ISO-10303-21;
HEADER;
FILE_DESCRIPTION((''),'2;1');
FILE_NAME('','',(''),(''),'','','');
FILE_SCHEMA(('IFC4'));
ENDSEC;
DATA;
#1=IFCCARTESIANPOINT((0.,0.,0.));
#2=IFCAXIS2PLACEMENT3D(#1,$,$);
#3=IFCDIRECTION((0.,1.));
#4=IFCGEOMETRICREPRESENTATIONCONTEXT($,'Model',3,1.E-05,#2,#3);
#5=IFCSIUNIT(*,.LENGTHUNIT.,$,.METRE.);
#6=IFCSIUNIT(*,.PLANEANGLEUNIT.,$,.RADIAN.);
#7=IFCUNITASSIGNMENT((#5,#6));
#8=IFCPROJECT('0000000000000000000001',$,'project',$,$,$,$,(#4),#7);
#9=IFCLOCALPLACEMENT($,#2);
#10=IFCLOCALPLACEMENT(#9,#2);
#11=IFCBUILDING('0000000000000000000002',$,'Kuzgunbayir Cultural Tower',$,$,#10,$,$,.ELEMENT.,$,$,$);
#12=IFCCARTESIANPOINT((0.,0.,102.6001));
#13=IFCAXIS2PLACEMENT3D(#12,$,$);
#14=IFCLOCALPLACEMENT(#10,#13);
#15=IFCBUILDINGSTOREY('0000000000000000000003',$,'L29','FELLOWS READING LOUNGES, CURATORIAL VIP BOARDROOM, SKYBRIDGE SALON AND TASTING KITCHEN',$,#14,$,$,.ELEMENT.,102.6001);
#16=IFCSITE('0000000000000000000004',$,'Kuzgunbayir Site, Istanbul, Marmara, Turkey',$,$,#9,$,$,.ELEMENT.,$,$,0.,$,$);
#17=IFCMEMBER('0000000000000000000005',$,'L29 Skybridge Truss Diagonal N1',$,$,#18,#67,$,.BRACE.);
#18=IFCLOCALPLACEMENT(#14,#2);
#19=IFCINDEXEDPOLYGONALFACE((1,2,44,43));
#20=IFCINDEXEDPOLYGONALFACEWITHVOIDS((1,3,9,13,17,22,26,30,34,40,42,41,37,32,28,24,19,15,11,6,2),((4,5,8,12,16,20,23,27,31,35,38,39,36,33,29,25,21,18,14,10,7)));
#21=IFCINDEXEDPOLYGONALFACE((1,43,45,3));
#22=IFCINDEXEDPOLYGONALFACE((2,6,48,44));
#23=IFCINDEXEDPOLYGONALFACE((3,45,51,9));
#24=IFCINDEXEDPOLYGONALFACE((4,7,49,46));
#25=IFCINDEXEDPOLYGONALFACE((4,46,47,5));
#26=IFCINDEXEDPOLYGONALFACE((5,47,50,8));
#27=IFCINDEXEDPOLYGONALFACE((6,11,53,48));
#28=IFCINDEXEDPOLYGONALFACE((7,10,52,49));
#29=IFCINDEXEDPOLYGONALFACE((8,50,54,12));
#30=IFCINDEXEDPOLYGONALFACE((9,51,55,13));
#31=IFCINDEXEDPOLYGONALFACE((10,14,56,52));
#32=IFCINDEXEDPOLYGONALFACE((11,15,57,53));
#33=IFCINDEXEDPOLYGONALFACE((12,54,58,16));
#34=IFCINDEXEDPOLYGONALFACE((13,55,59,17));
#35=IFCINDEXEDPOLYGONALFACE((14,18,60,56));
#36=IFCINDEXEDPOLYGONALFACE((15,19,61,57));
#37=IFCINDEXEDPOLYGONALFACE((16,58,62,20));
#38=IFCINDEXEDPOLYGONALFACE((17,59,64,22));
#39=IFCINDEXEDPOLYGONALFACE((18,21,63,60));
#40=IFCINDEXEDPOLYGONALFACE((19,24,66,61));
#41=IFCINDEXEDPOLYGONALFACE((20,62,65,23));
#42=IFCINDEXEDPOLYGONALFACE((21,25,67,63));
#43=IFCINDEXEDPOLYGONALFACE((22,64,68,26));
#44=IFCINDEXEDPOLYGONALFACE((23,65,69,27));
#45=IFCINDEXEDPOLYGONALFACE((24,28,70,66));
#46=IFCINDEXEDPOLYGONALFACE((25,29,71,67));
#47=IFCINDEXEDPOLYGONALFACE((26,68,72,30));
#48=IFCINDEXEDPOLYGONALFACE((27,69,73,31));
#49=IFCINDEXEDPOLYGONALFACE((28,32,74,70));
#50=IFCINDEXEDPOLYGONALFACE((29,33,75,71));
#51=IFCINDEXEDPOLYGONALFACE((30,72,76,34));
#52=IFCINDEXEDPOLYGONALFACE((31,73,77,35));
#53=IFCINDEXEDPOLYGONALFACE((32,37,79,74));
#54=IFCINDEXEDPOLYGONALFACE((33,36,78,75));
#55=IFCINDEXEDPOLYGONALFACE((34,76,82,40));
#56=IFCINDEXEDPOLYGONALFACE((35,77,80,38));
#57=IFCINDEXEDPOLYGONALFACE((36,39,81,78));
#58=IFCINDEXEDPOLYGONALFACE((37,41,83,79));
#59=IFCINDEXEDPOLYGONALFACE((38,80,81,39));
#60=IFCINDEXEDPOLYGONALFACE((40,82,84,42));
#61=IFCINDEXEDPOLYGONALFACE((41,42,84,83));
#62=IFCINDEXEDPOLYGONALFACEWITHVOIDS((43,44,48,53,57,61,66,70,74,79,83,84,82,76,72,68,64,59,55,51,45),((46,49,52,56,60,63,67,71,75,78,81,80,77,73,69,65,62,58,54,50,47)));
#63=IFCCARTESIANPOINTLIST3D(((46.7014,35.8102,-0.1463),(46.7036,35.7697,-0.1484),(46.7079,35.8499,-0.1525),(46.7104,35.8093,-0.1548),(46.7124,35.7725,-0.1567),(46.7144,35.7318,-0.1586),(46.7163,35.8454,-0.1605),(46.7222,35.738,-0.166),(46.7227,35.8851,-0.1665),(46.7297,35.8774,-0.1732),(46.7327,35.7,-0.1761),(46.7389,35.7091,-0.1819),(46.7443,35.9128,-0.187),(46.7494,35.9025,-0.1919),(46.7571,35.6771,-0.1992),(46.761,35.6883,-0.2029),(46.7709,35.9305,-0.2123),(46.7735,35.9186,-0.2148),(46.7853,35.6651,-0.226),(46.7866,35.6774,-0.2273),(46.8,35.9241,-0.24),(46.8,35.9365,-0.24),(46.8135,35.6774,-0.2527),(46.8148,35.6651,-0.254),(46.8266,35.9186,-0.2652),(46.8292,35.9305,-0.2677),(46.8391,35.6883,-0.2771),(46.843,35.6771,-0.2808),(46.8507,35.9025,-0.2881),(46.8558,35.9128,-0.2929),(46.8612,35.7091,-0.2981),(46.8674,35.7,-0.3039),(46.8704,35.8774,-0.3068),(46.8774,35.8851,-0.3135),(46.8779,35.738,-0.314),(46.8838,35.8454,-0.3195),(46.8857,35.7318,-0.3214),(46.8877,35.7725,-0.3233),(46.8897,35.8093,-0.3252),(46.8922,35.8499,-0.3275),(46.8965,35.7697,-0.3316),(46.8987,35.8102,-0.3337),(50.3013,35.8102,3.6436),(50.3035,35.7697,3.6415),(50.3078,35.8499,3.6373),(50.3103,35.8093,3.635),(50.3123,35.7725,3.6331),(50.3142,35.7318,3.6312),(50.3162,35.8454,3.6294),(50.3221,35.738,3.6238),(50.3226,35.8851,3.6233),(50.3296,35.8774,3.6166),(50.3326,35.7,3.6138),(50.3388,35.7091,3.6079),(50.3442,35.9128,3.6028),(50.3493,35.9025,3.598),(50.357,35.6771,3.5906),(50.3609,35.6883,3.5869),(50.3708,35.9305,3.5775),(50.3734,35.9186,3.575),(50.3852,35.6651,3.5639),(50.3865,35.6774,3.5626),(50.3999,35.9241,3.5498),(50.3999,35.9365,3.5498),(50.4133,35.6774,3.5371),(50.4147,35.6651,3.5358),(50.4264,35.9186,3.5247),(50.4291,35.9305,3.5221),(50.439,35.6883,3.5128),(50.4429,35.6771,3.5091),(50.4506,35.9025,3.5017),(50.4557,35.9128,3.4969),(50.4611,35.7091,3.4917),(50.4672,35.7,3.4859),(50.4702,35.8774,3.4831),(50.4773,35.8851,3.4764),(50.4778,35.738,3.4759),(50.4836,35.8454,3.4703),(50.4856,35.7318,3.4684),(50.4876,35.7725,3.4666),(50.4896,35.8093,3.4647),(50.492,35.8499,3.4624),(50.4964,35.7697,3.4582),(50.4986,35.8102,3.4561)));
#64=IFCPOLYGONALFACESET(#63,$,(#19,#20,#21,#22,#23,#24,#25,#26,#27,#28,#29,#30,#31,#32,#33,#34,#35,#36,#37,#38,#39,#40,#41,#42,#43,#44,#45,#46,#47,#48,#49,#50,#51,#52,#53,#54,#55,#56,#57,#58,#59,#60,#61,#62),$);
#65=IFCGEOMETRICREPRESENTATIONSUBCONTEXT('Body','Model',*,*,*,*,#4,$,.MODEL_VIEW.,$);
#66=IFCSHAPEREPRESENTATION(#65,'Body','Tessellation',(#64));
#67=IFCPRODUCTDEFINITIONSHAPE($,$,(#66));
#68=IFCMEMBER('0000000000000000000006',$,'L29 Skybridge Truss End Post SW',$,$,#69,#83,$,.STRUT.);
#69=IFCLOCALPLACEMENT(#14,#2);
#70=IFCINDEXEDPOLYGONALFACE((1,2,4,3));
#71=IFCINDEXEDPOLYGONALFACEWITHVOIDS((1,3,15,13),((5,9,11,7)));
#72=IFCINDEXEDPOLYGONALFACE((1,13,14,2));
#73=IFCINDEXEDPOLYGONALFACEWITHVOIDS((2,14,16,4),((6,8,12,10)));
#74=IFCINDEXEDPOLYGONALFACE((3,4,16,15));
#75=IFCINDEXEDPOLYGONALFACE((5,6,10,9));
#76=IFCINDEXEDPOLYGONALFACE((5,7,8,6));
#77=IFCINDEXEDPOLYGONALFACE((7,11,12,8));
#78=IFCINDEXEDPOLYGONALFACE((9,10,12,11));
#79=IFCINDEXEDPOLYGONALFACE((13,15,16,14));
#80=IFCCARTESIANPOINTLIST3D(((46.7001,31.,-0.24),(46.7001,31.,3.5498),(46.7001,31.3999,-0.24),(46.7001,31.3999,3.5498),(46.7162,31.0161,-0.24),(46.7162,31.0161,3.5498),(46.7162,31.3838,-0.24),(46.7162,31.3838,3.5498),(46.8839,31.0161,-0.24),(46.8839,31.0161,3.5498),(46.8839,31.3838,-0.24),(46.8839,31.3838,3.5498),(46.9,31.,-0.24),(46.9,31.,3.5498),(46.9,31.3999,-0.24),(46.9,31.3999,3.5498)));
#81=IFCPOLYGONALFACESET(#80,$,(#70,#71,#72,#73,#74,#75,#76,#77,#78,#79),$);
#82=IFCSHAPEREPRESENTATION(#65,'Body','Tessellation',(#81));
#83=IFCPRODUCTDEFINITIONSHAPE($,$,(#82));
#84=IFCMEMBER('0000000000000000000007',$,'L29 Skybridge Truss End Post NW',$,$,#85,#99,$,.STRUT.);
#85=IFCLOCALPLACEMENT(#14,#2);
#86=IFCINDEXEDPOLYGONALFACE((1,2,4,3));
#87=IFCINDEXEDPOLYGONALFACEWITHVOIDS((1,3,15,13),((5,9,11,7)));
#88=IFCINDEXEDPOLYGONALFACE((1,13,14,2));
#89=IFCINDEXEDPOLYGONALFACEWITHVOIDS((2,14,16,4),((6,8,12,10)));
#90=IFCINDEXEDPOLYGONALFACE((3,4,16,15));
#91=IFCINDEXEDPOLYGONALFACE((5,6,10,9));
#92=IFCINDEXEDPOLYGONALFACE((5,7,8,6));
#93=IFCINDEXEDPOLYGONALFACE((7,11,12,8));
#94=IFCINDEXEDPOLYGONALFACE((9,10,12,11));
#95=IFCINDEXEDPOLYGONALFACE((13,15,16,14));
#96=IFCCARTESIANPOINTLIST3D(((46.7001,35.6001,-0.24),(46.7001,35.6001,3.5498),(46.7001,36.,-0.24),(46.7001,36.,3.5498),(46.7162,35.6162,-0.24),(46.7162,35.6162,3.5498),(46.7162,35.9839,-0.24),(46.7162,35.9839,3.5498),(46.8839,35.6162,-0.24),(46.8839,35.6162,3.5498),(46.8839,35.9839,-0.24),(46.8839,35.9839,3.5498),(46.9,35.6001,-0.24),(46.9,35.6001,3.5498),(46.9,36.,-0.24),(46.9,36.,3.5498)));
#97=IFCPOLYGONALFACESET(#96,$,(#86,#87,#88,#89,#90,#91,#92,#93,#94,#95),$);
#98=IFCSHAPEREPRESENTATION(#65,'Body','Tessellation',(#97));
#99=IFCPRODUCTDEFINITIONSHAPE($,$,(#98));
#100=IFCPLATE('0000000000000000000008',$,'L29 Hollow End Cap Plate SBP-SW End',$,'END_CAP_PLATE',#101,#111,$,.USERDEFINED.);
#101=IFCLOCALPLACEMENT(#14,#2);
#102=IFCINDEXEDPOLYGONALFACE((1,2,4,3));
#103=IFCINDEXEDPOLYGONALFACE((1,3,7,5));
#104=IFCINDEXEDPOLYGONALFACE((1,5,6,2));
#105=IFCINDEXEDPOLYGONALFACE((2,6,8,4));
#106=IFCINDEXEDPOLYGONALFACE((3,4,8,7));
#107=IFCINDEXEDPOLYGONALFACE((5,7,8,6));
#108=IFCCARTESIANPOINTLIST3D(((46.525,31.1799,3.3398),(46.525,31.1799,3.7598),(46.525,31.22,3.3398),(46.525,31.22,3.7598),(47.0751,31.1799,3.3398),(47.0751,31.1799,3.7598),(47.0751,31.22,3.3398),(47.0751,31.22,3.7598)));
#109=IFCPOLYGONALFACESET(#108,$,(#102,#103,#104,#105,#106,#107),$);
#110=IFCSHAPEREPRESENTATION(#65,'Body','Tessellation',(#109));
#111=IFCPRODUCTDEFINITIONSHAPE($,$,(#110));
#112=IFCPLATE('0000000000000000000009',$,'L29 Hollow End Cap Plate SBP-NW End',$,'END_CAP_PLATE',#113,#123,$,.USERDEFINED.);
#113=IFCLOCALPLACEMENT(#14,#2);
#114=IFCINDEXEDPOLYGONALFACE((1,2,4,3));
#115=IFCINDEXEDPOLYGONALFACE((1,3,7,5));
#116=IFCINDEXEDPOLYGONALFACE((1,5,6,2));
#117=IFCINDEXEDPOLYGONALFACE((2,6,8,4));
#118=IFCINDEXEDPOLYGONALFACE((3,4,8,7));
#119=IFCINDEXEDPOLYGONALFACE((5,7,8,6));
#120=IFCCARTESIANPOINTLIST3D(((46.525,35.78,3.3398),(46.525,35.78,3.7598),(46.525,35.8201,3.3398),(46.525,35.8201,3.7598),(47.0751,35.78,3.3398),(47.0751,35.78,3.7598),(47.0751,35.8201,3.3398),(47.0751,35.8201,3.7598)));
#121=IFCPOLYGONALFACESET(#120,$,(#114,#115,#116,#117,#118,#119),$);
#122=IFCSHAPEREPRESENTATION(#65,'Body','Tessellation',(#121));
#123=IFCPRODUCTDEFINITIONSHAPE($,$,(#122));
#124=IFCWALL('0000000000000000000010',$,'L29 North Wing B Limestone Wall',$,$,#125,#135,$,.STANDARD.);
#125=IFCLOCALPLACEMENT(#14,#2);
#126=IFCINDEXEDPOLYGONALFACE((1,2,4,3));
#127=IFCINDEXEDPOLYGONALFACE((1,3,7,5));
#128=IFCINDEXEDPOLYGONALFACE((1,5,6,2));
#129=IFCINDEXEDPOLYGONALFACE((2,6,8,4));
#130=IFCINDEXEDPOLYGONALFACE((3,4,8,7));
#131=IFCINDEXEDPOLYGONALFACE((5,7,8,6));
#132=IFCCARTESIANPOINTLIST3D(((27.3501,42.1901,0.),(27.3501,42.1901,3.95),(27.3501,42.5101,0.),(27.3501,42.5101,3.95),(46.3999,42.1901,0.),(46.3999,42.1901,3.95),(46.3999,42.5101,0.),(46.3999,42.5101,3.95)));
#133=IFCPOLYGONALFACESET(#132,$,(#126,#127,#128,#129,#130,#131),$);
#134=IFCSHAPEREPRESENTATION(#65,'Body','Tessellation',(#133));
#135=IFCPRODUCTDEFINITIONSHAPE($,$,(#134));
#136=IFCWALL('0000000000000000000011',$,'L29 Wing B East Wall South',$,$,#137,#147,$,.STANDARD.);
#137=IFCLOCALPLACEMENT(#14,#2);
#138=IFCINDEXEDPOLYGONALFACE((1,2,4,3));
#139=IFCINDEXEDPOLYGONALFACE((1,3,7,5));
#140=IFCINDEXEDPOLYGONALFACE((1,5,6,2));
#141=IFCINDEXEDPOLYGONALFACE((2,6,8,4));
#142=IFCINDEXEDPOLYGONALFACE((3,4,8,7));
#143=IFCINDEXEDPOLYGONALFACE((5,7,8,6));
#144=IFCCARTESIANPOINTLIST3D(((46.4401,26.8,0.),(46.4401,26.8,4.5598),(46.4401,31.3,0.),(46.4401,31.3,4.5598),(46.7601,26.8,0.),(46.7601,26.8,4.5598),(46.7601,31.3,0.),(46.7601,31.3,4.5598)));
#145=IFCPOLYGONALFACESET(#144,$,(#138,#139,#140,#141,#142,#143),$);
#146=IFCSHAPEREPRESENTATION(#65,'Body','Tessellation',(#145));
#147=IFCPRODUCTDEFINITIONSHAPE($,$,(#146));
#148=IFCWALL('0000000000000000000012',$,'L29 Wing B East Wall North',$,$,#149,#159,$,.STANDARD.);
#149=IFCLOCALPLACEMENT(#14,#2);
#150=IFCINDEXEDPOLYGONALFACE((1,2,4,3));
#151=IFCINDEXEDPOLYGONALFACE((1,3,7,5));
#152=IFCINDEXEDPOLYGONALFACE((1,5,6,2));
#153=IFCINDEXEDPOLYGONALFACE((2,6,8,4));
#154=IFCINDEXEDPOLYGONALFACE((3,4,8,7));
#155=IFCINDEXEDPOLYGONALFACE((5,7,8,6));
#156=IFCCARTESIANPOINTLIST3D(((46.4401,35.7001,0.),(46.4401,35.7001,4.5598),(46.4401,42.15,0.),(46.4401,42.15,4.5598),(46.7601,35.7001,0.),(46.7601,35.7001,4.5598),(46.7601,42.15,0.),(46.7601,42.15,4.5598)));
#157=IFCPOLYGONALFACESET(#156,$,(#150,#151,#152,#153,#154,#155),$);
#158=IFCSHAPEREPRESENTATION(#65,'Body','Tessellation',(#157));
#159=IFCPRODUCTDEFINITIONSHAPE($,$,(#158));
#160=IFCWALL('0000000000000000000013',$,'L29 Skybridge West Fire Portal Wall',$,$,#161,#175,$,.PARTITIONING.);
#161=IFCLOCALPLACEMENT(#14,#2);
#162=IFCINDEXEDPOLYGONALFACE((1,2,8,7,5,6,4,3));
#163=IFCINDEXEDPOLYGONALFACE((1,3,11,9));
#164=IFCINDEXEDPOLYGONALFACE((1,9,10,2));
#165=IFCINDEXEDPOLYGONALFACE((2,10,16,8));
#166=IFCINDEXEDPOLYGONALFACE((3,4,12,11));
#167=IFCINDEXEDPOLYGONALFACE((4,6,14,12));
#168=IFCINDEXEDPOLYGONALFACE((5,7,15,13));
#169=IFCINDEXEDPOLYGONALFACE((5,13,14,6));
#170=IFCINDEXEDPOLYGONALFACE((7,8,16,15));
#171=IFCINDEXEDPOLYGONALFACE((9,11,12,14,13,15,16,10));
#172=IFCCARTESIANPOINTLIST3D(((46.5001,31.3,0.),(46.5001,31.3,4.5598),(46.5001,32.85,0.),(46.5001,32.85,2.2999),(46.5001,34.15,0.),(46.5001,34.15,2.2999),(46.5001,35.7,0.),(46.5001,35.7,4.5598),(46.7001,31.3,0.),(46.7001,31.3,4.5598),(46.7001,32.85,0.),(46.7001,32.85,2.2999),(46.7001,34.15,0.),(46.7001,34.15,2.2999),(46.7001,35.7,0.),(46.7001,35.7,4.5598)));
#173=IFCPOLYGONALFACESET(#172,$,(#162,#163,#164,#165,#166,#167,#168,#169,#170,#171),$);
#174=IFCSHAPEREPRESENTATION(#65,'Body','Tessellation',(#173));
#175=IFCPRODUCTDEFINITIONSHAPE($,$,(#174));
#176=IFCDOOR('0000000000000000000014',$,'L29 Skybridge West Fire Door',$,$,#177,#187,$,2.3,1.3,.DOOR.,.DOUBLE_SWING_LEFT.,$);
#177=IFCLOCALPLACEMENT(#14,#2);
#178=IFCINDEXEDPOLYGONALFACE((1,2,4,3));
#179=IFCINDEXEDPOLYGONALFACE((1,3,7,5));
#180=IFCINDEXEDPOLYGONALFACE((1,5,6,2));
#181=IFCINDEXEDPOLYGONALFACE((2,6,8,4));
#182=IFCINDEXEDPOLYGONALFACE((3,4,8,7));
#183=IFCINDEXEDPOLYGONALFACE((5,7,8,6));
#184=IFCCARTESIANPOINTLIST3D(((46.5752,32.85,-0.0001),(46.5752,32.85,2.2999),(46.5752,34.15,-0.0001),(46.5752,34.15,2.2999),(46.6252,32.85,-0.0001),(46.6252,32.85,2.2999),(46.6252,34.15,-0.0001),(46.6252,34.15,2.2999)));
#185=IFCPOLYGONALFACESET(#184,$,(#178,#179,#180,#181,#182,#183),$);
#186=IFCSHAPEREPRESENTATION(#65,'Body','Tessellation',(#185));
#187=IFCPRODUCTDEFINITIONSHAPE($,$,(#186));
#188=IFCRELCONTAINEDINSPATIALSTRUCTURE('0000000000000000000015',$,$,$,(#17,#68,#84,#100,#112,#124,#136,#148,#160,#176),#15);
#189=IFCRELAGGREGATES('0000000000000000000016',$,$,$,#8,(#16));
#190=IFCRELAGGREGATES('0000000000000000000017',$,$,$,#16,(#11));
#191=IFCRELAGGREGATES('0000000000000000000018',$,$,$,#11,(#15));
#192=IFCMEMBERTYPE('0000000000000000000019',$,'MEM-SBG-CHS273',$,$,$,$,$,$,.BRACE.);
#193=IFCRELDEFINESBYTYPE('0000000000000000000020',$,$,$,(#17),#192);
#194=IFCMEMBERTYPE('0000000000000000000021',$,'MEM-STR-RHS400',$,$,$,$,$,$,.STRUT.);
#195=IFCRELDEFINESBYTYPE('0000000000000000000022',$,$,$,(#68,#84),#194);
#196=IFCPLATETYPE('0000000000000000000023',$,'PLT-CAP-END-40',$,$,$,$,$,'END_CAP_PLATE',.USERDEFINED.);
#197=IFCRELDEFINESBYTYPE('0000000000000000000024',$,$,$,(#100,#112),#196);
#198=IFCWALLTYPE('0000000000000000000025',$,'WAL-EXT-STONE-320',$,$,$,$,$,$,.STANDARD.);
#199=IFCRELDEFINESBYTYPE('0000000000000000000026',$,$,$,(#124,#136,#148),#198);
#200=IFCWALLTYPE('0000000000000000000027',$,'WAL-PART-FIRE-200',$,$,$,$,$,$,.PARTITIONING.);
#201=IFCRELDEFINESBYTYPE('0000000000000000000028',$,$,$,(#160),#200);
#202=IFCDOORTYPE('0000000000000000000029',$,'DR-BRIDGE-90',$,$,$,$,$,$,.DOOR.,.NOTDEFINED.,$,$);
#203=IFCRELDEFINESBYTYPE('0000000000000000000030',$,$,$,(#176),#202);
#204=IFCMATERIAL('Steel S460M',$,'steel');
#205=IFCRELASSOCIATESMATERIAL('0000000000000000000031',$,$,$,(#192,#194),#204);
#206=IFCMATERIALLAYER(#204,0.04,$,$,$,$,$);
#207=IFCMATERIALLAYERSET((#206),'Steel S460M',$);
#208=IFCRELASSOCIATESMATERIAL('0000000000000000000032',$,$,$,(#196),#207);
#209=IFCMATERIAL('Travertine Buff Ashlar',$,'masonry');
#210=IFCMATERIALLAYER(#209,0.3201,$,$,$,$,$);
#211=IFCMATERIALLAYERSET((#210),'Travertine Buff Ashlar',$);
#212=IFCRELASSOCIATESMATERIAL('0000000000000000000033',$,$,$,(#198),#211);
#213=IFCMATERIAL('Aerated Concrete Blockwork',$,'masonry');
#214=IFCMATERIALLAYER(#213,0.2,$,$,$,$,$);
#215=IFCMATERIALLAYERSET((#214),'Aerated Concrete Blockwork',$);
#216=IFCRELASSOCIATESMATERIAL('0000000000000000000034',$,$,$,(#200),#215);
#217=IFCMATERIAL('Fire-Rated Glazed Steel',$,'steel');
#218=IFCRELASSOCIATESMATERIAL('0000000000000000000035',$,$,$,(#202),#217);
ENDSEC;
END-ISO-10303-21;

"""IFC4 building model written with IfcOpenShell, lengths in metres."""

from ifc_helpers import new_model, si_unit, direction, frame, frame_2d, origin, origin_2d, place, context, subcontext, project, spatial, rectangle, hollow_rectangle, hollow_circle, extrude, material, layer, layer_set, material_profile, profile_set, type_object, element, fill, save


model = new_model("IFC4")

# Units and contexts
model_context = context("Model", 3, precision=1e-05, world=origin(), true_north=direction((0.0, 1.0)))
body_context = subcontext(model_context, "Body", "Model", "MODEL_VIEW")
ifc_project = project(units=[si_unit("LENGTHUNIT", "METRE"), si_unit("PLANEANGLEUNIT", "RADIAN")], contexts=[model_context])

# Site, building, storey
site_placement = place(None, origin())
site = spatial("IfcSite", under=ifc_project, at=site_placement, Name="Kuzgunbayir Site, Istanbul, Marmara, Turkey", CompositionType="ELEMENT", RefElevation=0.0)
building_placement = place(site_placement, origin())
building = spatial("IfcBuilding", under=site, at=building_placement, Name="Kuzgunbayir Cultural Tower", CompositionType="ELEMENT")
storey_placement = place(building_placement, frame((0.0, 0.0, 102.6001)))
storey = spatial("IfcBuildingStorey", under=building, at=storey_placement, Name="L29", Description="FELLOWS READING LOUNGES, CURATORIAL VIP BOARDROOM, SKYBRIDGE SALON AND TASTING KITCHEN", CompositionType="ELEMENT", Elevation=102.6001)

# Shared definitions
ifc_material_1 = material(Name="Steel S460M", Category="steel")

# Members
ifc_material_profile_1 = material_profile(ifc_material_1, hollow_circle(Radius=0.1365, WallThickness=0.0125, at=origin_2d()), Name="CHS 273x12.5")
ifc_profile_set_1 = profile_set([ifc_material_profile_1], Name="Steel S460M")
member_type_1 = type_object("IfcMemberType", Name="MEM-SBG-CHS273", PredefinedType="BRACE", material=ifc_profile_set_1)
for number, where, z_axis, x_axis, name in (
    (1, (46.8, 35.8, -0.24), (0.688704, 0.0, 0.725043), (0.0, 1.0, 0.0), "L29 Skybridge Truss Diagonal N1"),
):
    element("IfcMember", number, at=place(storey_placement, frame(where, z_axis=z_axis, x_axis=x_axis)), inside=storey, type_object=member_type_1, Name=name, PredefinedType="BRACE", context=body_context, shape_type="SweptSolid", body=[
        extrude(hollow_circle(Radius=0.1365, WallThickness=0.0125, at=origin_2d()), origin(), (0.0, 0.0, 1.0), 5.2271),
    ])
ifc_material_profile_2 = material_profile(ifc_material_1, hollow_rectangle(XDim=0.2, YDim=0.3999, WallThickness=0.0161, at=origin_2d()), Name="RHS 400x200x16")
ifc_profile_set_2 = profile_set([ifc_material_profile_2], Name="Steel S460M")
member_type_2 = type_object("IfcMemberType", Name="MEM-STR-RHS400", PredefinedType="STRUT", material=ifc_profile_set_2)
for number, where, z_axis, x_axis, name in (
    (2, (46.8, 31.2, -0.24), (0.0, 0.0, 1.0), (1.0, 0.0, 0.0), "L29 Skybridge Truss End Post SW"),
    (3, (46.8, 35.8, -0.24), (0.0, 0.0, 1.0), (1.0, 0.0, 0.0), "L29 Skybridge Truss End Post NW"),
):
    element("IfcMember", number, at=place(storey_placement, frame(where, z_axis=z_axis, x_axis=x_axis)), inside=storey, type_object=member_type_2, Name=name, PredefinedType="STRUT", context=body_context, shape_type="SweptSolid", body=[
        extrude(hollow_rectangle(XDim=0.2, YDim=0.3999, WallThickness=0.0161, at=origin_2d()), origin(), (0.0, 0.0, 1.0), 3.7898),
    ])

# Plates
ifc_layer_1 = layer(ifc_material_1, 0.04)
ifc_layer_set_1 = layer_set([ifc_layer_1], Name="Steel S460M")
plate_type = type_object("IfcPlateType", Name="PLT-CAP-END-40", ElementType="END_CAP_PLATE", PredefinedType="USERDEFINED", material=ifc_layer_set_1)
for number, where, z_axis, x_axis, name in (
    (4, (46.8, 31.2, 3.3398), (0.0, 0.0, 1.0), (1.0, 0.0, 0.0), "L29 Hollow End Cap Plate SBP-SW End"),
    (5, (46.8, 35.8, 3.3398), (0.0, 0.0, 1.0), (1.0, 0.0, 0.0), "L29 Hollow End Cap Plate SBP-NW End"),
):
    element("IfcPlate", number, at=place(storey_placement, frame(where, z_axis=z_axis, x_axis=x_axis)), inside=storey, type_object=plate_type, Name=name, ObjectType="END_CAP_PLATE", PredefinedType="USERDEFINED", context=body_context, shape_type="SweptSolid", body=[
        extrude(rectangle(XDim=0.55, YDim=0.04, at=origin_2d()), origin(), (0.0, 0.0, 1.0), 0.4199),
    ])

# Walls
ifc_material_2 = material(Name="Travertine Buff Ashlar", Category="masonry")
ifc_layer_2 = layer(ifc_material_2, 0.3201)
ifc_layer_set_2 = layer_set([ifc_layer_2], Name="Travertine Buff Ashlar")
wall_type_1 = type_object("IfcWallType", Name="WAL-EXT-STONE-320", PredefinedType="STANDARD", material=ifc_layer_set_2)
wall_1_placement = place(storey_placement, frame((46.3999, 42.3501, 0.0), z_axis=(0.0, 0.0, 1.0), x_axis=(-1.0, 0.0, 0.0)))
element("IfcWall", 6, at=wall_1_placement, inside=storey, type_object=wall_type_1, Name="L29 North Wing B Limestone Wall", PredefinedType="STANDARD", context=body_context, shape_type="SweptSolid", body=[
    extrude(rectangle(XDim=19.0498, YDim=0.3201, at=frame_2d((9.5249, 0.0))), origin(), (0.0, 0.0, 1.0), 3.95),
])
wall_2_placement = place(storey_placement, frame((46.6001, 26.8, 0.0), z_axis=(0.0, 0.0, 1.0), x_axis=(0.0, 1.0, 0.0)))
element("IfcWall", 7, at=wall_2_placement, inside=storey, type_object=wall_type_1, Name="L29 Wing B East Wall South", PredefinedType="STANDARD", context=body_context, shape_type="SweptSolid", body=[
    extrude(rectangle(XDim=4.5, YDim=0.3201, at=frame_2d((2.25, 0.0))), origin(), (0.0, 0.0, 1.0), 4.5598),
])
wall_3_placement = place(storey_placement, frame((46.6001, 35.7, 0.0), z_axis=(0.0, 0.0, 1.0), x_axis=(0.0, 1.0, 0.0)))
element("IfcWall", 8, at=wall_3_placement, inside=storey, type_object=wall_type_1, Name="L29 Wing B East Wall North", PredefinedType="STANDARD", context=body_context, shape_type="SweptSolid", body=[
    extrude(rectangle(XDim=6.45, YDim=0.3201, at=frame_2d((3.2251, 0.0))), origin(), (0.0, 0.0, 1.0), 4.5598),
])

# Wall, opening, door
ifc_material_3 = material(Name="Aerated Concrete Blockwork", Category="masonry")
ifc_layer_3 = layer(ifc_material_3, 0.2)
ifc_layer_set_3 = layer_set([ifc_layer_3], Name="Aerated Concrete Blockwork")
wall_type_2 = type_object("IfcWallType", Name="WAL-PART-FIRE-200", PredefinedType="PARTITIONING", material=ifc_layer_set_3)
wall_4_placement = place(storey_placement, frame((46.6001, 31.3, 0.0), z_axis=(0.0, 0.0, 1.0), x_axis=(0.0, 1.0, 0.0)))
wall_4 = element("IfcWall", 9, at=wall_4_placement, inside=storey, type_object=wall_type_2, Name="L29 Skybridge West Fire Portal Wall", PredefinedType="PARTITIONING", context=body_context, shape_type="SweptSolid", body=[
    extrude(rectangle(XDim=4.3999, YDim=0.2, at=frame_2d((2.2, 0.0))), origin(), (0.0, 0.0, 1.0), 4.5598),
])
opening_placement = place(wall_4_placement, frame((1.55, 0.0, 0.0)))
opening = element("IfcOpeningElement", 10, at=opening_placement, cuts=wall_4, PredefinedType="OPENING", context=body_context, shape_type="SweptSolid", body=[
    extrude(rectangle(XDim=1.3, YDim=2.3, at=frame_2d((0.6499, 1.1499))), frame((0.0, 0.1099, 0.0), z_axis=(0.0, -1.0, 0.0), x_axis=(1.0, 0.0, 0.0)), (0.0, 0.0, 1.0), 0.22),
])
ifc_material_4 = material(Name="Fire-Rated Glazed Steel", Category="steel")
door_type = type_object("IfcDoorType", Name="DR-BRIDGE-90", OperationType="NOTDEFINED", PredefinedType="DOOR", material=ifc_material_4)
door_placement = place(opening_placement, origin())
door = element("IfcDoor", 11, at=door_placement, inside=storey, type_object=door_type, Name="L29 Skybridge West Fire Door", OperationType="DOUBLE_SWING_LEFT", OverallHeight=2.3, OverallWidth=1.3, PredefinedType="DOOR", context=body_context, shape_type="SweptSolid", body=[
    extrude(rectangle(XDim=1.3, YDim=2.3, at=frame_2d((0.6499, 1.1499))), frame((0.0, 0.0249, 0.0), z_axis=(0.0, -1.0, 0.0), x_axis=(1.0, 0.0, 0.0)), (0.0, 0.0, 1.0), 0.05),
])
fill(opening, door)

save(model, "model.ifc")
